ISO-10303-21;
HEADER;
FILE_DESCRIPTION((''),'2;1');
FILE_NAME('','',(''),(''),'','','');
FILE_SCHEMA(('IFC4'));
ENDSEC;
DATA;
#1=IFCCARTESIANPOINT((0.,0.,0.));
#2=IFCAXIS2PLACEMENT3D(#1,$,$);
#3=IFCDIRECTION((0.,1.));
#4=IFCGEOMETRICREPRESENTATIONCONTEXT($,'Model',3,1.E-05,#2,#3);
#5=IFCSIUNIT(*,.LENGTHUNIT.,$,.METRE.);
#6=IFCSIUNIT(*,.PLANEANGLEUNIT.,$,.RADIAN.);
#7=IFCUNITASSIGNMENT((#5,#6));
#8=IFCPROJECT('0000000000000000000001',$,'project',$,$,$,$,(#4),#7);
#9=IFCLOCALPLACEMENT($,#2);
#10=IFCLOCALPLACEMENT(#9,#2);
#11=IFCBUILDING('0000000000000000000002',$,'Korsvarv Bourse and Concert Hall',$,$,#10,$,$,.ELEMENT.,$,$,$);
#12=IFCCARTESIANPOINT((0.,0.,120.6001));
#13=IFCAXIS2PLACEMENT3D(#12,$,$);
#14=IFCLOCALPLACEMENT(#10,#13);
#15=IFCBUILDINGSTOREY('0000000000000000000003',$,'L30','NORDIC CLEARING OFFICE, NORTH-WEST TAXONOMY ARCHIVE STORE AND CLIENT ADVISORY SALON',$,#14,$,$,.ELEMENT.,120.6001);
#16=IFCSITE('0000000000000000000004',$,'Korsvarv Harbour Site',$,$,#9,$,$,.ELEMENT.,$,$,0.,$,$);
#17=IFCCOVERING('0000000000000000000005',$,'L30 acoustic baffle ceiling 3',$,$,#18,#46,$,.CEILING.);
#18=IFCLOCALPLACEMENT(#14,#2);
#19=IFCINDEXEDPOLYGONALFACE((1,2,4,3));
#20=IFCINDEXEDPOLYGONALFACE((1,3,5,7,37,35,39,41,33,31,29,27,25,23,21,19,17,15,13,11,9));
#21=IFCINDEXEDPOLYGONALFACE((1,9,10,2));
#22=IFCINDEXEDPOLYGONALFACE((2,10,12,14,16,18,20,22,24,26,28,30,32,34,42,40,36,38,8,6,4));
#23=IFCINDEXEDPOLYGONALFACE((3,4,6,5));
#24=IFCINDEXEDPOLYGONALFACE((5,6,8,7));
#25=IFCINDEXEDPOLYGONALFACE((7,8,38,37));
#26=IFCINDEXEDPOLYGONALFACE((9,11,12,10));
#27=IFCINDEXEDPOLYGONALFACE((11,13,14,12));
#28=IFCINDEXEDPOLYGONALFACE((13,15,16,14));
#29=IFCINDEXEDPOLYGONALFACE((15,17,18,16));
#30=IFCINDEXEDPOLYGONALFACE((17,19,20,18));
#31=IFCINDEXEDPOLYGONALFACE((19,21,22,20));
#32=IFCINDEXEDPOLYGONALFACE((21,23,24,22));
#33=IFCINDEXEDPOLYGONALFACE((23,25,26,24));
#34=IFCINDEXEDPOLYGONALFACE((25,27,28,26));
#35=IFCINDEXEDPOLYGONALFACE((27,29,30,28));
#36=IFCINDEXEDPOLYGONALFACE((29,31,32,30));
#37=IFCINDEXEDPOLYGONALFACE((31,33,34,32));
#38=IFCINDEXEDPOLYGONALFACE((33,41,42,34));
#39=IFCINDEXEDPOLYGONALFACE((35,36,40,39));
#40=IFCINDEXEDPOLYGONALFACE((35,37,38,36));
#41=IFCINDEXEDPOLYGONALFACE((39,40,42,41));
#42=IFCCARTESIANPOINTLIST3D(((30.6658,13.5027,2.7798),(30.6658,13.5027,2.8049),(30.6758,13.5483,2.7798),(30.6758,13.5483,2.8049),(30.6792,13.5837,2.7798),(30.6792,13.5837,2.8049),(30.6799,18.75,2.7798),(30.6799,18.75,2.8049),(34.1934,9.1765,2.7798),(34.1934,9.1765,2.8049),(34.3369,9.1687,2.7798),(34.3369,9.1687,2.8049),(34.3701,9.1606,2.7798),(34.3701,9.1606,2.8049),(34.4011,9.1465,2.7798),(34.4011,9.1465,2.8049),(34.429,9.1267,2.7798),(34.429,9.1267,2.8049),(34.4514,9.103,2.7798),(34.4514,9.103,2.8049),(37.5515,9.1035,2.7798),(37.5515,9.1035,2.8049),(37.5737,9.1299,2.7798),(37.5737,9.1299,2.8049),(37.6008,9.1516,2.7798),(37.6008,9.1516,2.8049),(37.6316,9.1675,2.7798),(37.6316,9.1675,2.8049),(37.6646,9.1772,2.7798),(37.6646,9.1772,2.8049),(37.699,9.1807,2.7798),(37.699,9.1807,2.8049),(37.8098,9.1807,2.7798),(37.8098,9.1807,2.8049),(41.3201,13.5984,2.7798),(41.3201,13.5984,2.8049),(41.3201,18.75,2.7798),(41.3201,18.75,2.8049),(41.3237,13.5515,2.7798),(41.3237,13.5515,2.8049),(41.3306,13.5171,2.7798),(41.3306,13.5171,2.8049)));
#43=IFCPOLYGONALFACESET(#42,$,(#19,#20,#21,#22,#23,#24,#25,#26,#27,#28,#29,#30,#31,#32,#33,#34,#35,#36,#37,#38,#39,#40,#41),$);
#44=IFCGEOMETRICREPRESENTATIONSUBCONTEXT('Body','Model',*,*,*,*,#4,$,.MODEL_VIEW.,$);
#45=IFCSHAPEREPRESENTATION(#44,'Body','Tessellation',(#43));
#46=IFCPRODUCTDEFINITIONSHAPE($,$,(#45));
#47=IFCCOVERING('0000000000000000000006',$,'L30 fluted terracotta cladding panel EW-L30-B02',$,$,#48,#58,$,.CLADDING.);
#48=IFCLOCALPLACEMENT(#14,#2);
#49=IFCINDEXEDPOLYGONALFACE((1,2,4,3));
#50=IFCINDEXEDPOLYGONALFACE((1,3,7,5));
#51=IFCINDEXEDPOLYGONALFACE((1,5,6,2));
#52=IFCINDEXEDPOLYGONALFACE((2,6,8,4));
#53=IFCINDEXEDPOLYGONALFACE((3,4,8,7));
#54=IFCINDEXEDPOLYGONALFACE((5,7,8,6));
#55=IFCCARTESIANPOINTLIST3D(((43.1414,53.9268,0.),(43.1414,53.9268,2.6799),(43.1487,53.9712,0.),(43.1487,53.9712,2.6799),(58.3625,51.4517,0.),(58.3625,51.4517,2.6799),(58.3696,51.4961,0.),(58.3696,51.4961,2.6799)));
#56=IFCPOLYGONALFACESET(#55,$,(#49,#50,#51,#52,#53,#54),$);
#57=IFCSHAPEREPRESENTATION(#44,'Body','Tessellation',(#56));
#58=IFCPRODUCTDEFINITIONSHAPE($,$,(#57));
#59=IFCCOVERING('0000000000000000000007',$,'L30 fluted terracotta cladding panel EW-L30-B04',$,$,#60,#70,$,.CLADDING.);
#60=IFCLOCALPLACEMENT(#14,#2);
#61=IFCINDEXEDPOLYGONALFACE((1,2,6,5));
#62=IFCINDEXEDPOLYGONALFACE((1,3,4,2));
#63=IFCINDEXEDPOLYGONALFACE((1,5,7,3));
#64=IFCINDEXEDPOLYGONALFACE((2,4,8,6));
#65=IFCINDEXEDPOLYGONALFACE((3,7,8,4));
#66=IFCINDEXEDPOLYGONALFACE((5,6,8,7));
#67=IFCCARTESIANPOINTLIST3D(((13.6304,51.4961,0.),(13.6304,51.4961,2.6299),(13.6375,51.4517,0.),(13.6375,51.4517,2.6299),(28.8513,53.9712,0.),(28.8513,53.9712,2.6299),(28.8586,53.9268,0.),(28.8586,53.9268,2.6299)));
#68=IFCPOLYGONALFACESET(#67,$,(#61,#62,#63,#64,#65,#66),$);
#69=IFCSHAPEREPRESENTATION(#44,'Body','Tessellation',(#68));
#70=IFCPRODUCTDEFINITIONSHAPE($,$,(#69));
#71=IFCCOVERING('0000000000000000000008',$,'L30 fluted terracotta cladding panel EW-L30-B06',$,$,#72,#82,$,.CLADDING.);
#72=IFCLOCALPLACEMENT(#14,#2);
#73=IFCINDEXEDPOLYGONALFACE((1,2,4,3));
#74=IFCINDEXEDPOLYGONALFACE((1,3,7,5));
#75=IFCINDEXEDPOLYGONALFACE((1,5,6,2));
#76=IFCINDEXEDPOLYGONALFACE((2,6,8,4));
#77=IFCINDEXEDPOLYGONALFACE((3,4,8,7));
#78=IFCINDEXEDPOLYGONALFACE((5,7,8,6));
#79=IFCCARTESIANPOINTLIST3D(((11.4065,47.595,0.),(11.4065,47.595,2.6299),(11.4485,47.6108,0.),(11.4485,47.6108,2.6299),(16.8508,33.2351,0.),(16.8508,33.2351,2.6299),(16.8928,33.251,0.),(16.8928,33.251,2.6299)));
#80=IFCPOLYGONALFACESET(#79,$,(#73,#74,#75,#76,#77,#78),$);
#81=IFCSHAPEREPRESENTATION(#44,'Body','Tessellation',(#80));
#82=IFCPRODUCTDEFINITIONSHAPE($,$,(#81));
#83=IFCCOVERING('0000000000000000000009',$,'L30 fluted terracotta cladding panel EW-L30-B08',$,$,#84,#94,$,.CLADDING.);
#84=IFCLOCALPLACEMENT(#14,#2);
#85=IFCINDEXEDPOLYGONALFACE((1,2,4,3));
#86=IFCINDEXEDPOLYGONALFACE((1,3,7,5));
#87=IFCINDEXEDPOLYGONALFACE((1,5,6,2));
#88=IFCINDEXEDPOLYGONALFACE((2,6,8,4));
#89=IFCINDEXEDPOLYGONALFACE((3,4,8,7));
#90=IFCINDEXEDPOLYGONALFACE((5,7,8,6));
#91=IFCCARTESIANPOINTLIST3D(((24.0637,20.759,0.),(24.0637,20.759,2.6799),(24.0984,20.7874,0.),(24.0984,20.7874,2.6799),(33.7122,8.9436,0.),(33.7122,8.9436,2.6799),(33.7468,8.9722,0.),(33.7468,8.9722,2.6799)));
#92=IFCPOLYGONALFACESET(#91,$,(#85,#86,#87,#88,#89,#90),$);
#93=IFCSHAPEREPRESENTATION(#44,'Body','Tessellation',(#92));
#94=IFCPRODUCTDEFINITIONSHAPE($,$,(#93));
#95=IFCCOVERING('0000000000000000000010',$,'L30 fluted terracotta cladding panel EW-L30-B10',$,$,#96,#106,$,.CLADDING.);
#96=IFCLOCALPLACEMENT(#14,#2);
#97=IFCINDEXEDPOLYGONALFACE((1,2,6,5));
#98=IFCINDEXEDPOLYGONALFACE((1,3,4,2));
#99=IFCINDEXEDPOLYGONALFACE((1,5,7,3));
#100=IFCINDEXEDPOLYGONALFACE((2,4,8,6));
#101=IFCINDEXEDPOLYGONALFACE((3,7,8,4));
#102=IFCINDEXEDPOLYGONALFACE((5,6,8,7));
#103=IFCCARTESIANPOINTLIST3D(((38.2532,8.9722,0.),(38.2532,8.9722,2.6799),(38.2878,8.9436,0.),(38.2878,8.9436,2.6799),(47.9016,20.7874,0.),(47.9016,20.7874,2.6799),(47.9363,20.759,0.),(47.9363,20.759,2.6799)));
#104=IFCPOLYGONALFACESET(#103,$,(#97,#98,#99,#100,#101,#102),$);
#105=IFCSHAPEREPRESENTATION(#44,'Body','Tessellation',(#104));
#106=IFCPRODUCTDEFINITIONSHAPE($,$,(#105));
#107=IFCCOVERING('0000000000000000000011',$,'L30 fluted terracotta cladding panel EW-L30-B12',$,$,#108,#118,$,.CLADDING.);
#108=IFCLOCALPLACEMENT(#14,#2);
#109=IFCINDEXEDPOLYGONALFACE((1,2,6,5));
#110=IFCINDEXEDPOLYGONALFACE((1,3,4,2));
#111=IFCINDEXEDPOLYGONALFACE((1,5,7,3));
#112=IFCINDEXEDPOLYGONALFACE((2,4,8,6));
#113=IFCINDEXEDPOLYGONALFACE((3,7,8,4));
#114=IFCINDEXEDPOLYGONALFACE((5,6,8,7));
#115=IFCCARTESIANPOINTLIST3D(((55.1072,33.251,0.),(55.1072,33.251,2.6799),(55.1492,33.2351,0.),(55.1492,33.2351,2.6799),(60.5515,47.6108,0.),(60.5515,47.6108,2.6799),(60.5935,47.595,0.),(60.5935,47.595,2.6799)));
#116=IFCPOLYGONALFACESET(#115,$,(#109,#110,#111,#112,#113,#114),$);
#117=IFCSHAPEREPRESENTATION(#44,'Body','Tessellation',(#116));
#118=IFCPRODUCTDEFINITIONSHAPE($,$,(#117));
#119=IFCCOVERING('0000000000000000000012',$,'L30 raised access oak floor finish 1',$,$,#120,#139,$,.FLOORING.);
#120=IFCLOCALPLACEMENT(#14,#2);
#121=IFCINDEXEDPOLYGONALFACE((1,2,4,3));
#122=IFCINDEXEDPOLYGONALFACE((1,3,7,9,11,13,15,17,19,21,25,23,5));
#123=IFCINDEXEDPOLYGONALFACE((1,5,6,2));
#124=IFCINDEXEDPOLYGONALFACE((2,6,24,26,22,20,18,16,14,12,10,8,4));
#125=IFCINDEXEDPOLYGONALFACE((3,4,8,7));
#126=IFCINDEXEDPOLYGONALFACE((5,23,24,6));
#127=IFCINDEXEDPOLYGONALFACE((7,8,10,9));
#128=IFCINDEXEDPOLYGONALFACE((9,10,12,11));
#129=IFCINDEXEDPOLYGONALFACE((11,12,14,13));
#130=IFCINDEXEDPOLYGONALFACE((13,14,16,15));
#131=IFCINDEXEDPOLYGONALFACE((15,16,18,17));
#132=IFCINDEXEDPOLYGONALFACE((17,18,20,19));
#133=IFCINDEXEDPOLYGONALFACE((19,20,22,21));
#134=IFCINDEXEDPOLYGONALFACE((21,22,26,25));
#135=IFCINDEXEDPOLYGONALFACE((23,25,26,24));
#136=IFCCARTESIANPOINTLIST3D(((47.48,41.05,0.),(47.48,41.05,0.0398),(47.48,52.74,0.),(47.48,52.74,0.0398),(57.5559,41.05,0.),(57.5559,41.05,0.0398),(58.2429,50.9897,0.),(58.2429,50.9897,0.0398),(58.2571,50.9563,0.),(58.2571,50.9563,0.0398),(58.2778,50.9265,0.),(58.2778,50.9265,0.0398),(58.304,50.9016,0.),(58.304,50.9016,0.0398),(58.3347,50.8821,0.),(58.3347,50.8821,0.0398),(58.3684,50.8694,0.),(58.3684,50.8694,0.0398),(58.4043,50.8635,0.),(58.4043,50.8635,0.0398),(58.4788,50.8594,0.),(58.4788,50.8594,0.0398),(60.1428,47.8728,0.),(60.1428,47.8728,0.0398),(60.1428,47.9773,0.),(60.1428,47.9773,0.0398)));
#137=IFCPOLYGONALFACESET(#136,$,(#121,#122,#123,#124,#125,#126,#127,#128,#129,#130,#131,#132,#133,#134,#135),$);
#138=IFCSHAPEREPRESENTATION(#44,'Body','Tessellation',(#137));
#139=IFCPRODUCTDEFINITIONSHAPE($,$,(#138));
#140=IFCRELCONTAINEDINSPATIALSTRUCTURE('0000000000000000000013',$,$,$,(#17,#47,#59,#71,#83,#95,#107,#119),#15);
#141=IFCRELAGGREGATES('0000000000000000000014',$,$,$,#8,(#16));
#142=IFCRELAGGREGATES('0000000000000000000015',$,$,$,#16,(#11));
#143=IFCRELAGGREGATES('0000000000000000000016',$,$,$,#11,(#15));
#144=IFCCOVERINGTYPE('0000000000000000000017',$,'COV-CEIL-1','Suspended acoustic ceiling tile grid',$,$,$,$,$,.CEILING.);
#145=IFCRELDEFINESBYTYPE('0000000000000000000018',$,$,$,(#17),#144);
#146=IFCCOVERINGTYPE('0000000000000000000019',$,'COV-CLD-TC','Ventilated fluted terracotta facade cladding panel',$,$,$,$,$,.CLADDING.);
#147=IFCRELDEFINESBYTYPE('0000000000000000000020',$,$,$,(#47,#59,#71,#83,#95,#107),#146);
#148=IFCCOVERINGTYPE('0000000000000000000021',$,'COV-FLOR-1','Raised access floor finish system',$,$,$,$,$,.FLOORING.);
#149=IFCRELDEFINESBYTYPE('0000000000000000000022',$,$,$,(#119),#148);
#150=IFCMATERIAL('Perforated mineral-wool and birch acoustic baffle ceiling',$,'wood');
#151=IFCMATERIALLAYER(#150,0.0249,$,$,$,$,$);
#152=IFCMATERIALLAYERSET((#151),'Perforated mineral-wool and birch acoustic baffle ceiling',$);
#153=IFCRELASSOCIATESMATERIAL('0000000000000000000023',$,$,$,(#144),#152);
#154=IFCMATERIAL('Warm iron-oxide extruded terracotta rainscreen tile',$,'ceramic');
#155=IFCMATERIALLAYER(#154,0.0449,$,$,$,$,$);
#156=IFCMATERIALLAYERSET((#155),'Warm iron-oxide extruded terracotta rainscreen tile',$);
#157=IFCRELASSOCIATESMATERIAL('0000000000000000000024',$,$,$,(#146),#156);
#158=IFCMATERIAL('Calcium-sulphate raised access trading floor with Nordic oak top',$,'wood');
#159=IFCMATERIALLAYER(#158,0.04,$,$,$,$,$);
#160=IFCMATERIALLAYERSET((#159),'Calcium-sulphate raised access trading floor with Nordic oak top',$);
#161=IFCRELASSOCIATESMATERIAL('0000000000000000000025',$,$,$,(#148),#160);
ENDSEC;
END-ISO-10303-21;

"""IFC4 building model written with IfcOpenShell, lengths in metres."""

from ifc_helpers import new_model, si_unit, direction, frame, origin, place, context, subcontext, project, spatial, polyline, outline, extrude, material, layer, layer_set, type_object, element, save


model = new_model("IFC4")

# Units and contexts
model_context = context("Model", 3, precision=1e-05, world=origin(), true_north=direction((0.0, 1.0)))
body_context = subcontext(model_context, "Body", "Model", "MODEL_VIEW")
ifc_project = project(units=[si_unit("LENGTHUNIT", "METRE"), si_unit("PLANEANGLEUNIT", "RADIAN")], contexts=[model_context])

# Site, building, storey
site_placement = place(None, origin())
site = spatial("IfcSite", under=ifc_project, at=site_placement, Name="Korsvarv Harbour Site", CompositionType="ELEMENT", RefElevation=0.0)
building_placement = place(site_placement, origin())
building = spatial("IfcBuilding", under=site, at=building_placement, Name="Korsvarv Bourse and Concert Hall", CompositionType="ELEMENT")
storey_placement = place(building_placement, frame((0.0, 0.0, 120.6001)))
storey = spatial("IfcBuildingStorey", under=building, at=storey_placement, Name="L30", Description="NORDIC CLEARING OFFICE, NORTH-WEST TAXONOMY ARCHIVE STORE AND CLIENT ADVISORY SALON", CompositionType="ELEMENT", Elevation=120.6001)

# Coverings
ifc_material_1 = material(Name="Perforated mineral-wool and birch acoustic baffle ceiling", Category="wood")
ifc_layer_1 = layer(ifc_material_1, 0.0249)
ifc_layer_set_1 = layer_set([ifc_layer_1], Name="Perforated mineral-wool and birch acoustic baffle ceiling")
covering_type_1 = type_object("IfcCoveringType", Name="COV-CEIL-1", Description="Suspended acoustic ceiling tile grid", PredefinedType="CEILING", material=ifc_layer_set_1)
covering_1_placement = place(storey_placement, frame((0.0, 0.0, 2.7798)))
element("IfcCovering", 1, at=covering_1_placement, inside=storey, type_object=covering_type_1, Name="L30 acoustic baffle ceiling 3", PredefinedType="CEILING", context=body_context, shape_type="SweptSolid", body=[
    extrude(outline(polyline([(30.6658, 13.5027), (30.6758, 13.5483), (30.6792, 13.5837), (30.6799, 18.75), (41.3201, 18.75), (41.3201, 13.5984), (41.3237, 13.5515), (41.3306, 13.5171), (37.8098, 9.1807), (37.699, 9.1807), (37.6646, 9.1772), (37.6316, 9.1675), (37.6008, 9.1516), (37.5737, 9.1299), (37.5515, 9.1035), (34.4514, 9.103), (34.429, 9.1267), (34.4011, 9.1465), (34.3701, 9.1606), (34.3369, 9.1687), (34.1934, 9.1765), (30.6658, 13.5027)])), origin(), (0.0, 0.0, 1.0), 0.0251),
])
ifc_material_2 = material(Name="Warm iron-oxide extruded terracotta rainscreen tile", Category="ceramic")
ifc_layer_2 = layer(ifc_material_2, 0.0449)
ifc_layer_set_2 = layer_set([ifc_layer_2], Name="Warm iron-oxide extruded terracotta rainscreen tile")
covering_type_2 = type_object("IfcCoveringType", Name="COV-CLD-TC", Description="Ventilated fluted terracotta facade cladding panel", PredefinedType="CLADDING", material=ifc_layer_set_2)
covering_2_placement = place(storey_placement, origin())
element("IfcCovering", 2, at=covering_2_placement, inside=storey, type_object=covering_type_2, Name="L30 fluted terracotta cladding panel EW-L30-B02", PredefinedType="CLADDING", context=body_context, shape_type="SweptSolid", body=[
    extrude(outline(polyline([(58.3625, 51.4517), (43.1414, 53.9268), (43.1487, 53.9712), (58.3696, 51.4961), (58.3625, 51.4517)])), origin(), (0.0, 0.0, 1.0), 2.6799),
])
covering_3_placement = place(storey_placement, origin())
element("IfcCovering", 3, at=covering_3_placement, inside=storey, type_object=covering_type_2, Name="L30 fluted terracotta cladding panel EW-L30-B04", PredefinedType="CLADDING", context=body_context, shape_type="SweptSolid", body=[
    extrude(outline(polyline([(28.8586, 53.9268), (13.6375, 51.4517), (13.6304, 51.4961), (28.8513, 53.9712), (28.8586, 53.9268)])), origin(), (0.0, 0.0, 1.0), 2.6299),
])
covering_4_placement = place(storey_placement, origin())
element("IfcCovering", 4, at=covering_4_placement, inside=storey, type_object=covering_type_2, Name="L30 fluted terracotta cladding panel EW-L30-B06", PredefinedType="CLADDING", context=body_context, shape_type="SweptSolid", body=[
    extrude(outline(polyline([(11.4485, 47.6108), (16.8928, 33.251), (16.8508, 33.2351), (11.4065, 47.595), (11.4485, 47.6108)])), origin(), (0.0, 0.0, 1.0), 2.6299),
])
covering_5_placement = place(storey_placement, origin())
element("IfcCovering", 5, at=covering_5_placement, inside=storey, type_object=covering_type_2, Name="L30 fluted terracotta cladding panel EW-L30-B08", PredefinedType="CLADDING", context=body_context, shape_type="SweptSolid", body=[
    extrude(outline(polyline([(24.0984, 20.7874), (33.7468, 8.9722), (33.7122, 8.9436), (24.0637, 20.759), (24.0984, 20.7874)])), origin(), (0.0, 0.0, 1.0), 2.6799),
])
covering_6_placement = place(storey_placement, origin())
element("IfcCovering", 6, at=covering_6_placement, inside=storey, type_object=covering_type_2, Name="L30 fluted terracotta cladding panel EW-L30-B10", PredefinedType="CLADDING", context=body_context, shape_type="SweptSolid", body=[
    extrude(outline(polyline([(38.2532, 8.9722), (47.9016, 20.7874), (47.9363, 20.759), (38.2878, 8.9436), (38.2532, 8.9722)])), origin(), (0.0, 0.0, 1.0), 2.6799),
])
covering_7_placement = place(storey_placement, origin())
element("IfcCovering", 7, at=covering_7_placement, inside=storey, type_object=covering_type_2, Name="L30 fluted terracotta cladding panel EW-L30-B12", PredefinedType="CLADDING", context=body_context, shape_type="SweptSolid", body=[
    extrude(outline(polyline([(55.1072, 33.251), (60.5515, 47.6108), (60.5935, 47.595), (55.1492, 33.2351), (55.1072, 33.251)])), origin(), (0.0, 0.0, 1.0), 2.6799),
])
ifc_material_3 = material(Name="Calcium-sulphate raised access trading floor with Nordic oak top", Category="wood")
ifc_layer_3 = layer(ifc_material_3, 0.04)
ifc_layer_set_3 = layer_set([ifc_layer_3], Name="Calcium-sulphate raised access trading floor with Nordic oak top")
covering_type_3 = type_object("IfcCoveringType", Name="COV-FLOR-1", Description="Raised access floor finish system", PredefinedType="FLOORING", material=ifc_layer_set_3)
covering_8_placement = place(storey_placement, origin())
element("IfcCovering", 8, at=covering_8_placement, inside=storey, type_object=covering_type_3, Name="L30 raised access oak floor finish 1", PredefinedType="FLOORING", context=body_context, shape_type="SweptSolid", body=[
    extrude(outline(polyline([(58.2429, 50.9897), (58.2571, 50.9563), (58.2778, 50.9265), (58.304, 50.9016), (58.3347, 50.8821), (58.3684, 50.8694), (58.4043, 50.8635), (58.4788, 50.8594), (60.1428, 47.9773), (60.1428, 47.8728), (57.5559, 41.05), (47.48, 41.05), (47.48, 52.74), (58.2429, 50.9897)])), origin(), (0.0, 0.0, 1.0), 0.0398),
])

save(model, "model.ifc")
